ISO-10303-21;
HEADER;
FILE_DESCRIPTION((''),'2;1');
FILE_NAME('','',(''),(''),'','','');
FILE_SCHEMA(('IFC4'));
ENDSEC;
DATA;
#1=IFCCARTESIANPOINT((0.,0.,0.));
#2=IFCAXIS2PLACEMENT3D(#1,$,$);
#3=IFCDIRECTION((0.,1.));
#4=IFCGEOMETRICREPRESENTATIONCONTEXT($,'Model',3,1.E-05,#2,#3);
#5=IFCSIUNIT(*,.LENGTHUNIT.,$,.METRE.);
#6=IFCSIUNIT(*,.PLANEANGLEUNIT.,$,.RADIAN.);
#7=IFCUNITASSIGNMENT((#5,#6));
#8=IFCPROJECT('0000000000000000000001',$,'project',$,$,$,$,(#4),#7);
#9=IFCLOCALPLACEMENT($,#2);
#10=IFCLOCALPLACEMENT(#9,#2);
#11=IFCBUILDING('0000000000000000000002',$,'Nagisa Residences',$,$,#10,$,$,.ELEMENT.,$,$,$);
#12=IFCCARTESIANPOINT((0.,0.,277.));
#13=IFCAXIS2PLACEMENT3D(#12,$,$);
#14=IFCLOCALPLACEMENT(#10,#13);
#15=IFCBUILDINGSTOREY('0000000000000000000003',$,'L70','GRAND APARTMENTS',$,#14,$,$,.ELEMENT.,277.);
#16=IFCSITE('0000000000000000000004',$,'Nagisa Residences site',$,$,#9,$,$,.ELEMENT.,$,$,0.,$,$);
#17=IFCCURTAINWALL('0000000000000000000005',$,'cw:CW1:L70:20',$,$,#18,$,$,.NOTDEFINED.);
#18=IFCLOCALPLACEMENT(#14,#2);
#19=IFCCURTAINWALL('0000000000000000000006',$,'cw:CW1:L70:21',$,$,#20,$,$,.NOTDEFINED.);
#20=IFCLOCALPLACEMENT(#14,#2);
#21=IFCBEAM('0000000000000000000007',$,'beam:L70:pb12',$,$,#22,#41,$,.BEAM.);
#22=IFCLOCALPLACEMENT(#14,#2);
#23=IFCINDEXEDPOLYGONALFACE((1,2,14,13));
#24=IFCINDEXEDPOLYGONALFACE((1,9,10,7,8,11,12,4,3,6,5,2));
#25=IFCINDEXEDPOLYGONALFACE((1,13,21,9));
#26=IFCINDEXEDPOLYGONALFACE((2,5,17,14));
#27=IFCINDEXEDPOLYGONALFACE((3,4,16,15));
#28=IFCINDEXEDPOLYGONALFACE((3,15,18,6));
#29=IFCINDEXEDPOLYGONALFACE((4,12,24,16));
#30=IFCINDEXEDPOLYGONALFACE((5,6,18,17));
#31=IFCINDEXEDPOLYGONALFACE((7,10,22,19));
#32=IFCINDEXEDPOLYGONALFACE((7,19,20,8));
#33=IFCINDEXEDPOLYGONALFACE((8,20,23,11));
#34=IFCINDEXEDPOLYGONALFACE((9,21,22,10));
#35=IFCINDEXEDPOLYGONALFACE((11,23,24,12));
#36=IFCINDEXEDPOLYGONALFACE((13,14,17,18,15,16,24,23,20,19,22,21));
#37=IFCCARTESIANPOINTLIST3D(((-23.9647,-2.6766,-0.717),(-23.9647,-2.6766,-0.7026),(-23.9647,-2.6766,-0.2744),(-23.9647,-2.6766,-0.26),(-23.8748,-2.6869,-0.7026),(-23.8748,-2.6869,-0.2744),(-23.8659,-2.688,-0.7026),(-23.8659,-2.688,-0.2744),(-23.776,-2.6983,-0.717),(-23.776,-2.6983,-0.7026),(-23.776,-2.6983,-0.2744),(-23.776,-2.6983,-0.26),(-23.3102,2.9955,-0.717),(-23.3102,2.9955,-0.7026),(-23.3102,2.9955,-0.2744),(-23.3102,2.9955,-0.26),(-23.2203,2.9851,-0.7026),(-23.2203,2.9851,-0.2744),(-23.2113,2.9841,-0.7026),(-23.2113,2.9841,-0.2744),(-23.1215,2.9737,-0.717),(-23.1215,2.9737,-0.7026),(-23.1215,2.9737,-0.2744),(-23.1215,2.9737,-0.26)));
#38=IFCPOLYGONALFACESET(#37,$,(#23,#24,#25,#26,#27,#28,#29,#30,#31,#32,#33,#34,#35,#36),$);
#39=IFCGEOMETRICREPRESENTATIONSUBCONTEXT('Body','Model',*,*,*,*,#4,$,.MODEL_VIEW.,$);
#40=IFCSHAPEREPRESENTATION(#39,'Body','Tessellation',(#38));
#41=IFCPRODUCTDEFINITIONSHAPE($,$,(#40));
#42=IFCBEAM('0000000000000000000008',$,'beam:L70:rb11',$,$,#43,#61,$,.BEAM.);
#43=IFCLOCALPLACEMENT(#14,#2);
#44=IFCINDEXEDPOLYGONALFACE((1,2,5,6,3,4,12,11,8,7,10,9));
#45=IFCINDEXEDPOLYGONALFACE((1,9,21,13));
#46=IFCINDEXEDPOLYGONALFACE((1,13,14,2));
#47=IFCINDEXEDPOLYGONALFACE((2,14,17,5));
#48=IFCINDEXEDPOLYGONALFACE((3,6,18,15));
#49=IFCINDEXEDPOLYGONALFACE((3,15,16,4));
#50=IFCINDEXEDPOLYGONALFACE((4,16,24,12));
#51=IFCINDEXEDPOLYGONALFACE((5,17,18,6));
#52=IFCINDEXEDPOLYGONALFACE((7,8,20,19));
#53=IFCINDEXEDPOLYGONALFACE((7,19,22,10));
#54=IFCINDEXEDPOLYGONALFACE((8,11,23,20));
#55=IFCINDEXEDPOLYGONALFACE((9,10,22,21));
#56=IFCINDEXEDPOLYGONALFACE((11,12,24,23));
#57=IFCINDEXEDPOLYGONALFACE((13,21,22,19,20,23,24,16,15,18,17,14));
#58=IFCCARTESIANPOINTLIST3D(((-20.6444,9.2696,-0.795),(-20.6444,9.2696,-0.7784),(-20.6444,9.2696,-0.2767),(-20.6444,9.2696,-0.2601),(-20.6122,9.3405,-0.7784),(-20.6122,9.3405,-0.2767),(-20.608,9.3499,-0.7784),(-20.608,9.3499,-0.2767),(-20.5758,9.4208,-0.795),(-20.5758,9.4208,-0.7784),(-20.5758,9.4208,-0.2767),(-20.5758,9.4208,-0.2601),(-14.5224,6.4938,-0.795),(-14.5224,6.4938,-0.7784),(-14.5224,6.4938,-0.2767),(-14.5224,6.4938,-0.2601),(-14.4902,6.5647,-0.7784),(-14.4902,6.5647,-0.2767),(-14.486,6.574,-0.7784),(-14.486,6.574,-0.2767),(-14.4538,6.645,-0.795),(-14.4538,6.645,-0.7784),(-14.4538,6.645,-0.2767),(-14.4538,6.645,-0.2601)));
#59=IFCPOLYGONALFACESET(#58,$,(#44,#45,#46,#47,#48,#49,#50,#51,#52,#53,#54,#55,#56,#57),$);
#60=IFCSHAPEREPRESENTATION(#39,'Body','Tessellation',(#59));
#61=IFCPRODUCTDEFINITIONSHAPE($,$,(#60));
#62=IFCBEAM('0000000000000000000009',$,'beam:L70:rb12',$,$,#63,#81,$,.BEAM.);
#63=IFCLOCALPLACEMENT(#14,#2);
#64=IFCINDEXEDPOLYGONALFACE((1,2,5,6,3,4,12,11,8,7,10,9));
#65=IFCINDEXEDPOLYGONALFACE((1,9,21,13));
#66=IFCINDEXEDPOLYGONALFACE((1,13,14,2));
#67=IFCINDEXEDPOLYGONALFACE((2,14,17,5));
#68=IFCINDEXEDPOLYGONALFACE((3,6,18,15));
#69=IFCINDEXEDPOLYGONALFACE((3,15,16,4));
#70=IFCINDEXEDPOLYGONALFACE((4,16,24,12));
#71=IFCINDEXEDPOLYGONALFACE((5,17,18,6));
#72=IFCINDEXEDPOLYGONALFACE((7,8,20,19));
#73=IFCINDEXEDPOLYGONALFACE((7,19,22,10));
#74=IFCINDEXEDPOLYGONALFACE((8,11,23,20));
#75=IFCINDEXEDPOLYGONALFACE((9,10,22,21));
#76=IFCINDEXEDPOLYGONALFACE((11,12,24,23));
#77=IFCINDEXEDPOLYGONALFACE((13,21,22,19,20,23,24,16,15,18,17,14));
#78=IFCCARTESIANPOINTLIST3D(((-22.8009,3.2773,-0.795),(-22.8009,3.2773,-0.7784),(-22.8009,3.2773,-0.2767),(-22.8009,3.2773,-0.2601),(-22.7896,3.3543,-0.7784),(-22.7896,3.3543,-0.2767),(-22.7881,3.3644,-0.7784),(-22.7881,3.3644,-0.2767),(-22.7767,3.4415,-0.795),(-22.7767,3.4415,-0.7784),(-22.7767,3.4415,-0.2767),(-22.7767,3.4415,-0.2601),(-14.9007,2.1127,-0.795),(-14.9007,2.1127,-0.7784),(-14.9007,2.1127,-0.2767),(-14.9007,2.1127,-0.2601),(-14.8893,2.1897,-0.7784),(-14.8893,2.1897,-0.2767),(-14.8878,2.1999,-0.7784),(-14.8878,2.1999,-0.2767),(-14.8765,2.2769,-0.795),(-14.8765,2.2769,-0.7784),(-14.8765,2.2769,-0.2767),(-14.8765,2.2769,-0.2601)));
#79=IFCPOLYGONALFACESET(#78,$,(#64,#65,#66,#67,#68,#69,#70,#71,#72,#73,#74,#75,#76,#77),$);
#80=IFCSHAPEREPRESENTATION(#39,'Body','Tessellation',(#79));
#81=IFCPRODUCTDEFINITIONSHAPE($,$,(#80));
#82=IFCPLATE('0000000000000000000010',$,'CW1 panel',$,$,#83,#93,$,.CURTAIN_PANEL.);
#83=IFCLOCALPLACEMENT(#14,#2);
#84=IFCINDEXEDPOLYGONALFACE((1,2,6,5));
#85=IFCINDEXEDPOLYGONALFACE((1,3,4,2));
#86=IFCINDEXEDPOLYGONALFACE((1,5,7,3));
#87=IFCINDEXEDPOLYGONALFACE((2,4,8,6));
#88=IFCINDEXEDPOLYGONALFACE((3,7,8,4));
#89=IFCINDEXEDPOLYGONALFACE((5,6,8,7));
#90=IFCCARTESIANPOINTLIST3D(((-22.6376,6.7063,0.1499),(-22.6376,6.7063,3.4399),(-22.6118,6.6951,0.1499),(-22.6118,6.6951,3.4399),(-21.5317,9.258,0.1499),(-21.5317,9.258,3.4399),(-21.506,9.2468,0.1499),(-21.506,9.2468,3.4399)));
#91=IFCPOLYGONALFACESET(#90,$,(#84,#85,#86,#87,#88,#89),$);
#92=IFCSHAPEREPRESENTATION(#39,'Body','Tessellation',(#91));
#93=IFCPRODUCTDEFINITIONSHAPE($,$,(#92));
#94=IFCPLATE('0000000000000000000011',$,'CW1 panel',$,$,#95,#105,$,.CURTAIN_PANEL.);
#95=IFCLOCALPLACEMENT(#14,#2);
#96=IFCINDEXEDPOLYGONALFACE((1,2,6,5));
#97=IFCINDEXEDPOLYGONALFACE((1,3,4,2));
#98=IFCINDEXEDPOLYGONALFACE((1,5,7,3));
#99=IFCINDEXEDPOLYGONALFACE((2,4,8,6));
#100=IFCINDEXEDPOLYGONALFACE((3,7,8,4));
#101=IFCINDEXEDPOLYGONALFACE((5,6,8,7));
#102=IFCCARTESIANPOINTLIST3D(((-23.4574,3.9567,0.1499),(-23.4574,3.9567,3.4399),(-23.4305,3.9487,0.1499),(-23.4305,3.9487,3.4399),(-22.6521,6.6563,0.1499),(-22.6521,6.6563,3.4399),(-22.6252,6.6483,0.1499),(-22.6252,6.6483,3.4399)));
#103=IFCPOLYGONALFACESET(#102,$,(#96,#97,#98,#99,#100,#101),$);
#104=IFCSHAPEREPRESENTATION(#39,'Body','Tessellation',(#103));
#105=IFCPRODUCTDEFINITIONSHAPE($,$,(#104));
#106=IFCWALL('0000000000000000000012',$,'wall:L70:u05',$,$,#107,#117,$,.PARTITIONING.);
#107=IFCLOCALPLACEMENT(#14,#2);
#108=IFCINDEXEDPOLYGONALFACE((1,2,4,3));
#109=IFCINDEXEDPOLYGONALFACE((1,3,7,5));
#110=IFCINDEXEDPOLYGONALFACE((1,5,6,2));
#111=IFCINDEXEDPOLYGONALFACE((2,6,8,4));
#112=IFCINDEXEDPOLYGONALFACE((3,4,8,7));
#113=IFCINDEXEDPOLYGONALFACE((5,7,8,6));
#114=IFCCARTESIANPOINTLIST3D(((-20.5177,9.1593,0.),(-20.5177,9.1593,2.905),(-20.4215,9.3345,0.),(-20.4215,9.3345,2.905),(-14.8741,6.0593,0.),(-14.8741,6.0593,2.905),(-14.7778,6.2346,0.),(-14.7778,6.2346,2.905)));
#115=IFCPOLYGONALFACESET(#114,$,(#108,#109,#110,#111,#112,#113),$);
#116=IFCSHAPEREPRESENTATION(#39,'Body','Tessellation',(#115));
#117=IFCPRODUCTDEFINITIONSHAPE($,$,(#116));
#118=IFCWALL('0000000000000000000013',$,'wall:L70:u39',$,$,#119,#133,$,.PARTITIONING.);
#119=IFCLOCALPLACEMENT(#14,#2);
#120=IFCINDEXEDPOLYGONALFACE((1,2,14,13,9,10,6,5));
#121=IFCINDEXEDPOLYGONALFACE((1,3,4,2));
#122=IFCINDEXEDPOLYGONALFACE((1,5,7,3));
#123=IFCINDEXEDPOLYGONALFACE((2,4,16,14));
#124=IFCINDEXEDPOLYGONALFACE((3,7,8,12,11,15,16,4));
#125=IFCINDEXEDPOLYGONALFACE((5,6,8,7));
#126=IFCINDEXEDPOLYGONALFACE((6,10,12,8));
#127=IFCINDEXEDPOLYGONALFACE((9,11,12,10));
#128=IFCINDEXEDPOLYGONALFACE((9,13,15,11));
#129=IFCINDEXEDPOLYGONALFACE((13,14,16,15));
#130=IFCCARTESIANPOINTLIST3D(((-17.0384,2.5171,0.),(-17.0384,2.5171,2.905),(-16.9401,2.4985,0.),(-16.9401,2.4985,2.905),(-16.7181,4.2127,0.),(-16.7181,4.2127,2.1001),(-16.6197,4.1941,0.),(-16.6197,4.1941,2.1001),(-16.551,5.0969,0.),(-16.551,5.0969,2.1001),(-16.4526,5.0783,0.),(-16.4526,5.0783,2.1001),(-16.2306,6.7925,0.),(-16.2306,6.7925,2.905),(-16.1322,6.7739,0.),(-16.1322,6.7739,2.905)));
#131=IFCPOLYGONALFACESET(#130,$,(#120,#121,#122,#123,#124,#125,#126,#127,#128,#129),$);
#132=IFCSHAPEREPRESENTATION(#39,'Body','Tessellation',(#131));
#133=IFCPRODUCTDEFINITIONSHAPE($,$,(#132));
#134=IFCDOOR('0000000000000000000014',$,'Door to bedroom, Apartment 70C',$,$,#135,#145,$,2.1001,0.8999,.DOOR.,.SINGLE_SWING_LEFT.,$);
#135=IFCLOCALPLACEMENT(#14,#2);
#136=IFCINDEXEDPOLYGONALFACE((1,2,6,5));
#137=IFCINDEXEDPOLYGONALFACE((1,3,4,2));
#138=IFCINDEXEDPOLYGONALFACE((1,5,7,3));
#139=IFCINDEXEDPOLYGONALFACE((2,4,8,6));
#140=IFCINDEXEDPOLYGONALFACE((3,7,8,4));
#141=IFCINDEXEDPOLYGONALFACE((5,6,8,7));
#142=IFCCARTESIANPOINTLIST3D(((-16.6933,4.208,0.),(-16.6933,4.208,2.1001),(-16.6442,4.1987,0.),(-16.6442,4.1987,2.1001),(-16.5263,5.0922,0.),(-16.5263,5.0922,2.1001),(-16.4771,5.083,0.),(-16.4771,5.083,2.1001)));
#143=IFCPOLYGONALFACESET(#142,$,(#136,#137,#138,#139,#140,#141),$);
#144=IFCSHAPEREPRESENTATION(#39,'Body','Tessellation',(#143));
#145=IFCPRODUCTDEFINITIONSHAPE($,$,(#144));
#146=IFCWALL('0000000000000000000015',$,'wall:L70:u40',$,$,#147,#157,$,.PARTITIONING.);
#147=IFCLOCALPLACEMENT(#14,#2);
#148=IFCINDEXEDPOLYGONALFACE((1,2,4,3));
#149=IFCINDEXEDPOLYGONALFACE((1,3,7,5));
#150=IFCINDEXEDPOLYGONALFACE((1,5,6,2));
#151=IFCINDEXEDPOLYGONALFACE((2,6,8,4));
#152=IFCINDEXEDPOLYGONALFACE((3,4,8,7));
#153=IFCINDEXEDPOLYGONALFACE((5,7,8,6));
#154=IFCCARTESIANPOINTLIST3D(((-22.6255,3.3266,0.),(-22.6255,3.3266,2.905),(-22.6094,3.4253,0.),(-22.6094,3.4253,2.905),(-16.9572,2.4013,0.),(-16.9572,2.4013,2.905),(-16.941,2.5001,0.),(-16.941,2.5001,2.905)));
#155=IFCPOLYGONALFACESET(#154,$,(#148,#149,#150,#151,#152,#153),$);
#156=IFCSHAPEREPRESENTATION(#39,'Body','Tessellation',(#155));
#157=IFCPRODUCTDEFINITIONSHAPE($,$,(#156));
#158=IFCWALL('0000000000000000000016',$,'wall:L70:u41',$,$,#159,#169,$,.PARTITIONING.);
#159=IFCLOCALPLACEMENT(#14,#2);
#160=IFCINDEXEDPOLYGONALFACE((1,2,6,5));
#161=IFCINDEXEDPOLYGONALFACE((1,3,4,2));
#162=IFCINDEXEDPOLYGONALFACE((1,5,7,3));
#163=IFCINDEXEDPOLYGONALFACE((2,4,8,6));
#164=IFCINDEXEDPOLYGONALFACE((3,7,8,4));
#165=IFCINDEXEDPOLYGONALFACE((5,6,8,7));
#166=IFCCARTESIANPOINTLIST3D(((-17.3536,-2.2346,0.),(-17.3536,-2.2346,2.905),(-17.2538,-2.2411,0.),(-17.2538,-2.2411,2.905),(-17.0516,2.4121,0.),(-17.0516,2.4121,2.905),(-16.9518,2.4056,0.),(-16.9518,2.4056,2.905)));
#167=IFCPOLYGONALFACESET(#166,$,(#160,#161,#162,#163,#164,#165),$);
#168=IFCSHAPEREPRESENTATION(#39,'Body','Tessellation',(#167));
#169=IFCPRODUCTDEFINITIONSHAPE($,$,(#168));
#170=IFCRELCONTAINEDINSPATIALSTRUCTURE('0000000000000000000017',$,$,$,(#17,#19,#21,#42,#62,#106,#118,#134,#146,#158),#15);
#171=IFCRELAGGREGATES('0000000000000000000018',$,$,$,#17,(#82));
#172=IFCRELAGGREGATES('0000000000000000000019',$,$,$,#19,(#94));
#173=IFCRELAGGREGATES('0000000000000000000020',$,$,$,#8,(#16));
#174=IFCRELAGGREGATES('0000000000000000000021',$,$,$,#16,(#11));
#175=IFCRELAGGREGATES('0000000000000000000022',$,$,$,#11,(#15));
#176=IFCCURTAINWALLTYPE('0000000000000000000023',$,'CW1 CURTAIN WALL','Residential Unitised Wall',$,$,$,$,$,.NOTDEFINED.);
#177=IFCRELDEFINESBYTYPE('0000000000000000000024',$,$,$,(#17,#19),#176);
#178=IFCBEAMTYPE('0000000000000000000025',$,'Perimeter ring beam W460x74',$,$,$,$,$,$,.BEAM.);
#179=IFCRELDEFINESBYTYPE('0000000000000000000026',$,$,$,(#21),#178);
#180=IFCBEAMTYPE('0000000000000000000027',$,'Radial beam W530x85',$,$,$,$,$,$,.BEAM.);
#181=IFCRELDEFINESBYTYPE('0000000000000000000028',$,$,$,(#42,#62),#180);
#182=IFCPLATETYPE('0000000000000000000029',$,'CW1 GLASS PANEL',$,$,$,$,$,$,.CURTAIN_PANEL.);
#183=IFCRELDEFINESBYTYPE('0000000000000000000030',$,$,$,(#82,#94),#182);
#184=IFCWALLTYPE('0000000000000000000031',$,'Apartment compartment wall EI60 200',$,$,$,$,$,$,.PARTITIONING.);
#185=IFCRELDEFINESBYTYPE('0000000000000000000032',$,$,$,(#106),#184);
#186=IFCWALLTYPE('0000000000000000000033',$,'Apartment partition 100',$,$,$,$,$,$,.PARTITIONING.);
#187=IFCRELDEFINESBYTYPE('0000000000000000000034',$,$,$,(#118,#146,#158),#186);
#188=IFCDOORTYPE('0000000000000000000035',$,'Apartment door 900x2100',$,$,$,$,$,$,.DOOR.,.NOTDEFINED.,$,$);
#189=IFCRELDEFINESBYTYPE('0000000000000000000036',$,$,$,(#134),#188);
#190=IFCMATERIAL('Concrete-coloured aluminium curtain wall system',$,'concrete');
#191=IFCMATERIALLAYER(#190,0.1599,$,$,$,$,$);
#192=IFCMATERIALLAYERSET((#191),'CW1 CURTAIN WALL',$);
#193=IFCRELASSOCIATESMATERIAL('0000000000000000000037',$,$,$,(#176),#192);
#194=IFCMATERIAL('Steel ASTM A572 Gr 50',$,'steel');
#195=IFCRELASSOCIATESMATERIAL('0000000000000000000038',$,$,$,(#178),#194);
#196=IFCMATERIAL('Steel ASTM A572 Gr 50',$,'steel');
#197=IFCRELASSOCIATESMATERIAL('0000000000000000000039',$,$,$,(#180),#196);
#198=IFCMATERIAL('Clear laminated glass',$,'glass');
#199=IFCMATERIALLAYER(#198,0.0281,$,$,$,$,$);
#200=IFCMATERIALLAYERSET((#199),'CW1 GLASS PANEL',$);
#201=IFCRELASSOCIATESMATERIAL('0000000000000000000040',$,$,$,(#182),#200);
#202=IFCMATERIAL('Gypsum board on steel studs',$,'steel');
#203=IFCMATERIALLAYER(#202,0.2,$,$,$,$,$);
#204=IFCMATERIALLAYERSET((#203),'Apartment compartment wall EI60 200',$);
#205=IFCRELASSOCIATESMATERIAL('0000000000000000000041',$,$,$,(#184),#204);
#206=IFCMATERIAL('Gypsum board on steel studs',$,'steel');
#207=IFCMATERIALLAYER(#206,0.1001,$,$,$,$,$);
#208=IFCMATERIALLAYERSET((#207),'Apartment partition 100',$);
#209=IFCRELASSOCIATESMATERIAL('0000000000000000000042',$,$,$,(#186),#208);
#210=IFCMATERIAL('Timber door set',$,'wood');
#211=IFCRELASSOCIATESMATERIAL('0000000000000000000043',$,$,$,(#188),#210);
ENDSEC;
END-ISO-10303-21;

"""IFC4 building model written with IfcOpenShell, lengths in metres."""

from ifc_helpers import new_model, si_unit, direction, frame, frame_2d, origin, origin_2d, place, context, subcontext, project, spatial, rectangle, i_section, extrude, material, layer, layer_set, material_profile, profile_set, type_object, element, fill, aggregate, save


model = new_model("IFC4")

# Units and contexts
model_context = context("Model", 3, precision=1e-05, world=origin(), true_north=direction((0.0, 1.0)))
body_context = subcontext(model_context, "Body", "Model", "MODEL_VIEW")
ifc_project = project(units=[si_unit("LENGTHUNIT", "METRE"), si_unit("PLANEANGLEUNIT", "RADIAN")], contexts=[model_context])

# Site, building, storey
site_placement = place(None, origin())
site = spatial("IfcSite", under=ifc_project, at=site_placement, Name="Nagisa Residences site", CompositionType="ELEMENT", RefElevation=0.0)
building_placement = place(site_placement, origin())
building = spatial("IfcBuilding", under=site, at=building_placement, Name="Nagisa Residences", CompositionType="ELEMENT")
storey_placement = place(building_placement, frame((0.0, 0.0, 277.0)))
storey = spatial("IfcBuildingStorey", under=building, at=storey_placement, Name="L70", Description="GRAND APARTMENTS", CompositionType="ELEMENT", Elevation=277.0)

# Curtain walls
ifc_material_1 = material(Name="Concrete-coloured aluminium curtain wall system", Category="concrete")
ifc_layer_1 = layer(ifc_material_1, 0.1599)
ifc_layer_set_1 = layer_set([ifc_layer_1], Name="CW1 CURTAIN WALL")
curtain_wall_type = type_object("IfcCurtainWallType", Name="CW1 CURTAIN WALL", Description="Residential Unitised Wall", PredefinedType="NOTDEFINED", material=ifc_layer_set_1)
curtain_wall_1_placement = place(storey_placement, origin())
curtain_wall_1 = element("IfcCurtainWall", 1, at=curtain_wall_1_placement, inside=storey, type_object=curtain_wall_type, Name="cw:CW1:L70:20", PredefinedType="NOTDEFINED")
curtain_wall_2_placement = place(storey_placement, origin())
curtain_wall_2 = element("IfcCurtainWall", 2, at=curtain_wall_2_placement, inside=storey, type_object=curtain_wall_type, Name="cw:CW1:L70:21", PredefinedType="NOTDEFINED")

# Beams
ifc_material_2 = material(Name="Steel ASTM A572 Gr 50", Category="steel")
ifc_material_profile_1 = material_profile(ifc_material_2, i_section(OverallWidth=0.1899, OverallDepth=0.457, WebThickness=0.009, FlangeThickness=0.0144, at=origin_2d()), Name="W460x74")
ifc_profile_set_1 = profile_set([ifc_material_profile_1], Name="Steel ASTM A572 Gr 50")
beam_type_1 = type_object("IfcBeamType", Name="Perimeter ring beam W460x74", PredefinedType="BEAM", material=ifc_profile_set_1)
beam_1_placement = place(storey_placement, frame((-23.2158, 2.9846, -0.4885), z_axis=(-0.114635, -0.993408, 0.0), x_axis=(0.993408, -0.114635, 0.0)))
element("IfcBeam", 3, at=beam_1_placement, inside=storey, type_object=beam_type_1, Name="beam:L70:pb12", PredefinedType="BEAM", context=body_context, shape_type="SweptSolid", body=[
    extrude(i_section(OverallWidth=0.1899, OverallDepth=0.457, WebThickness=0.009, FlangeThickness=0.0144, at=origin_2d()), origin(), (0.0, 0.0, 1.0), 5.7097),
])
ifc_material_3 = material(Name="Steel ASTM A572 Gr 50", Category="steel")
ifc_material_profile_2 = material_profile(ifc_material_3, i_section(OverallWidth=0.166, OverallDepth=0.5349, WebThickness=0.0103, FlangeThickness=0.0166, at=origin_2d()), Name="W530x85")
ifc_profile_set_2 = profile_set([ifc_material_profile_2], Name="Steel ASTM A572 Gr 50")
beam_type_2 = type_object("IfcBeamType", Name="Radial beam W530x85", PredefinedType="BEAM", material=ifc_profile_set_2)
beam_2_placement = place(storey_placement, frame((-20.6101, 9.3452, -0.5276), z_axis=(0.910752, -0.412954, 0.0), x_axis=(0.412954, 0.910752, 0.0)))
element("IfcBeam", 4, at=beam_2_placement, inside=storey, type_object=beam_type_2, Name="beam:L70:rb11", PredefinedType="BEAM", context=body_context, shape_type="SweptSolid", body=[
    extrude(i_section(OverallWidth=0.166, OverallDepth=0.5349, WebThickness=0.0103, FlangeThickness=0.0166, at=origin_2d()), origin(), (0.0, 0.0, 1.0), 6.7219),
])
beam_3_placement = place(storey_placement, frame((-22.7888, 3.3594, -0.5276), z_axis=(0.989309, -0.145833, 0.0), x_axis=(0.145833, 0.989309, 0.0)))
element("IfcBeam", 5, at=beam_3_placement, inside=storey, type_object=beam_type_2, Name="beam:L70:rb12", PredefinedType="BEAM", context=body_context, shape_type="SweptSolid", body=[
    extrude(i_section(OverallWidth=0.166, OverallDepth=0.5349, WebThickness=0.0103, FlangeThickness=0.0166, at=origin_2d()), origin(), (0.0, 0.0, 1.0), 7.9856),
])

# Plates
ifc_material_4 = material(Name="Clear laminated glass", Category="glass")
ifc_layer_2 = layer(ifc_material_4, 0.0281)
ifc_layer_set_2 = layer_set([ifc_layer_2], Name="CW1 GLASS PANEL")
plate_type = type_object("IfcPlateType", Name="CW1 GLASS PANEL", PredefinedType="CURTAIN_PANEL", material=ifc_layer_set_2)
plate_1_placement = place(storey_placement, frame((-22.0718, 7.9766, 0.1499), z_axis=(0.0, 0.0, 1.0), x_axis=(-0.397636, -0.917543, 0.0)))
plate_1 = element("IfcPlate", 6, at=plate_1_placement, type_object=plate_type, Name="CW1 panel", PredefinedType="CURTAIN_PANEL", context=body_context, shape_type="SweptSolid", body=[
    extrude(rectangle(XDim=2.781, YDim=0.0281, at=origin_2d()), origin(), (0.0, 0.0, 1.0), 3.29),
])
aggregate(curtain_wall_1, [plate_1])
plate_2_placement = place(storey_placement, frame((-23.0413, 5.3025, 0.1499), z_axis=(0.0, 0.0, 1.0), x_axis=(-0.28586, -0.958271, 0.0)))
plate_2 = element("IfcPlate", 7, at=plate_2_placement, type_object=plate_type, Name="CW1 panel", PredefinedType="CURTAIN_PANEL", context=body_context, shape_type="SweptSolid", body=[
    extrude(rectangle(XDim=2.8171, YDim=0.0281, at=origin_2d()), origin(), (0.0, 0.0, 1.0), 3.29),
])
aggregate(curtain_wall_2, [plate_2])

# Wall
ifc_material_5 = material(Name="Gypsum board on steel studs", Category="steel")
ifc_layer_3 = layer(ifc_material_5, 0.2)
ifc_layer_set_3 = layer_set([ifc_layer_3], Name="Apartment compartment wall EI60 200")
wall_type_1 = type_object("IfcWallType", Name="Apartment compartment wall EI60 200", PredefinedType="PARTITIONING", material=ifc_layer_set_3)
wall_1_placement = place(storey_placement, frame((-14.8259, 6.147, 0.0), z_axis=(0.0, 0.0, 1.0), x_axis=(-0.876485, 0.48143, 0.0)))
element("IfcWall", 8, at=wall_1_placement, inside=storey, type_object=wall_type_1, Name="wall:L70:u05", PredefinedType="PARTITIONING", context=body_context, shape_type="SweptSolid", body=[
    extrude(rectangle(XDim=6.439, YDim=0.2, at=frame_2d((3.2195, 0.0))), origin(), (0.0, 0.0, 1.0), 2.905),
])

# Wall, opening, door
ifc_material_6 = material(Name="Gypsum board on steel studs", Category="steel")
ifc_layer_4 = layer(ifc_material_6, 0.1001)
ifc_layer_set_4 = layer_set([ifc_layer_4], Name="Apartment partition 100")
wall_type_2 = type_object("IfcWallType", Name="Apartment partition 100", PredefinedType="PARTITIONING", material=ifc_layer_set_4)
wall_2_placement = place(storey_placement, frame((-16.1814, 6.7832, 0.0), z_axis=(0.0, 0.0, 1.0), x_axis=(-0.185671, -0.982612, 0.0)))
wall_2 = element("IfcWall", 9, at=wall_2_placement, inside=storey, type_object=wall_type_2, Name="wall:L70:u39", PredefinedType="PARTITIONING", context=body_context, shape_type="SweptSolid", body=[
    extrude(rectangle(XDim=4.3511, YDim=0.1001, at=frame_2d((2.1755, 0.0))), origin(), (0.0, 0.0, 1.0), 2.905),
])
opening_1_placement = place(wall_2_placement, frame((1.7256, 0.0, 0.0)))
opening_1 = element("IfcOpeningElement", 10, at=opening_1_placement, cuts=wall_2, PredefinedType="OPENING", context=body_context, shape_type="SweptSolid", body=[
    extrude(rectangle(XDim=0.8999, YDim=2.1001, at=frame_2d((0.45, 1.05))), frame((0.0, 0.0601, 0.0), z_axis=(0.0, -1.0, 0.0), x_axis=(1.0, 0.0, 0.0)), (0.0, 0.0, 1.0), 0.1201),
])
ifc_material_7 = material(Name="Timber door set", Category="wood")
door_type_1 = type_object("IfcDoorType", Name="Apartment door 900x2100", OperationType="NOTDEFINED", PredefinedType="DOOR", material=ifc_material_7)
door_1_placement = place(opening_1_placement, frame((0.8999, 0.0, 0.0), x_axis=(-1.0, 0.0, 0.0)))
door_1 = element("IfcDoor", 11, at=door_1_placement, inside=storey, type_object=door_type_1, Name="Door to bedroom, Apartment 70C", OperationType="SINGLE_SWING_LEFT", OverallHeight=2.1001, OverallWidth=0.8999, PredefinedType="DOOR", context=body_context, shape_type="SweptSolid", body=[
    extrude(rectangle(XDim=0.8999, YDim=2.1001, at=frame_2d((0.45, 1.05))), frame((0.0, 0.0249, 0.0), z_axis=(0.0, -1.0, 0.0), x_axis=(1.0, 0.0, 0.0)), (0.0, 0.0, 1.0), 0.05),
])
fill(opening_1, door_1)

# Walls
wall_3_placement = place(storey_placement, frame((-16.9492, 2.4507, 0.0), z_axis=(0.0, 0.0, 1.0), x_axis=(-0.986938, 0.161103, 0.0)))
element("IfcWall", 12, at=wall_3_placement, inside=storey, type_object=wall_type_2, Name="wall:L70:u40", PredefinedType="PARTITIONING", context=body_context, shape_type="SweptSolid", body=[
    extrude(rectangle(XDim=5.7434, YDim=0.1001, at=frame_2d((2.8716, 0.0))), origin(), (0.0, 0.0, 1.0), 2.905),
])
wall_4_placement = place(storey_placement, frame((-17.0017, 2.4087, 0.0), z_axis=(0.0, 0.0, 1.0), x_axis=(-0.064856, -0.997895, 0.0)))
element("IfcWall", 13, at=wall_4_placement, inside=storey, type_object=wall_type_2, Name="wall:L70:u41", PredefinedType="PARTITIONING", context=body_context, shape_type="SweptSolid", body=[
    extrude(rectangle(XDim=4.6565, YDim=0.1001, at=frame_2d((2.3281, 0.0))), origin(), (0.0, 0.0, 1.0), 2.905),
])

save(model, "model.ifc")
